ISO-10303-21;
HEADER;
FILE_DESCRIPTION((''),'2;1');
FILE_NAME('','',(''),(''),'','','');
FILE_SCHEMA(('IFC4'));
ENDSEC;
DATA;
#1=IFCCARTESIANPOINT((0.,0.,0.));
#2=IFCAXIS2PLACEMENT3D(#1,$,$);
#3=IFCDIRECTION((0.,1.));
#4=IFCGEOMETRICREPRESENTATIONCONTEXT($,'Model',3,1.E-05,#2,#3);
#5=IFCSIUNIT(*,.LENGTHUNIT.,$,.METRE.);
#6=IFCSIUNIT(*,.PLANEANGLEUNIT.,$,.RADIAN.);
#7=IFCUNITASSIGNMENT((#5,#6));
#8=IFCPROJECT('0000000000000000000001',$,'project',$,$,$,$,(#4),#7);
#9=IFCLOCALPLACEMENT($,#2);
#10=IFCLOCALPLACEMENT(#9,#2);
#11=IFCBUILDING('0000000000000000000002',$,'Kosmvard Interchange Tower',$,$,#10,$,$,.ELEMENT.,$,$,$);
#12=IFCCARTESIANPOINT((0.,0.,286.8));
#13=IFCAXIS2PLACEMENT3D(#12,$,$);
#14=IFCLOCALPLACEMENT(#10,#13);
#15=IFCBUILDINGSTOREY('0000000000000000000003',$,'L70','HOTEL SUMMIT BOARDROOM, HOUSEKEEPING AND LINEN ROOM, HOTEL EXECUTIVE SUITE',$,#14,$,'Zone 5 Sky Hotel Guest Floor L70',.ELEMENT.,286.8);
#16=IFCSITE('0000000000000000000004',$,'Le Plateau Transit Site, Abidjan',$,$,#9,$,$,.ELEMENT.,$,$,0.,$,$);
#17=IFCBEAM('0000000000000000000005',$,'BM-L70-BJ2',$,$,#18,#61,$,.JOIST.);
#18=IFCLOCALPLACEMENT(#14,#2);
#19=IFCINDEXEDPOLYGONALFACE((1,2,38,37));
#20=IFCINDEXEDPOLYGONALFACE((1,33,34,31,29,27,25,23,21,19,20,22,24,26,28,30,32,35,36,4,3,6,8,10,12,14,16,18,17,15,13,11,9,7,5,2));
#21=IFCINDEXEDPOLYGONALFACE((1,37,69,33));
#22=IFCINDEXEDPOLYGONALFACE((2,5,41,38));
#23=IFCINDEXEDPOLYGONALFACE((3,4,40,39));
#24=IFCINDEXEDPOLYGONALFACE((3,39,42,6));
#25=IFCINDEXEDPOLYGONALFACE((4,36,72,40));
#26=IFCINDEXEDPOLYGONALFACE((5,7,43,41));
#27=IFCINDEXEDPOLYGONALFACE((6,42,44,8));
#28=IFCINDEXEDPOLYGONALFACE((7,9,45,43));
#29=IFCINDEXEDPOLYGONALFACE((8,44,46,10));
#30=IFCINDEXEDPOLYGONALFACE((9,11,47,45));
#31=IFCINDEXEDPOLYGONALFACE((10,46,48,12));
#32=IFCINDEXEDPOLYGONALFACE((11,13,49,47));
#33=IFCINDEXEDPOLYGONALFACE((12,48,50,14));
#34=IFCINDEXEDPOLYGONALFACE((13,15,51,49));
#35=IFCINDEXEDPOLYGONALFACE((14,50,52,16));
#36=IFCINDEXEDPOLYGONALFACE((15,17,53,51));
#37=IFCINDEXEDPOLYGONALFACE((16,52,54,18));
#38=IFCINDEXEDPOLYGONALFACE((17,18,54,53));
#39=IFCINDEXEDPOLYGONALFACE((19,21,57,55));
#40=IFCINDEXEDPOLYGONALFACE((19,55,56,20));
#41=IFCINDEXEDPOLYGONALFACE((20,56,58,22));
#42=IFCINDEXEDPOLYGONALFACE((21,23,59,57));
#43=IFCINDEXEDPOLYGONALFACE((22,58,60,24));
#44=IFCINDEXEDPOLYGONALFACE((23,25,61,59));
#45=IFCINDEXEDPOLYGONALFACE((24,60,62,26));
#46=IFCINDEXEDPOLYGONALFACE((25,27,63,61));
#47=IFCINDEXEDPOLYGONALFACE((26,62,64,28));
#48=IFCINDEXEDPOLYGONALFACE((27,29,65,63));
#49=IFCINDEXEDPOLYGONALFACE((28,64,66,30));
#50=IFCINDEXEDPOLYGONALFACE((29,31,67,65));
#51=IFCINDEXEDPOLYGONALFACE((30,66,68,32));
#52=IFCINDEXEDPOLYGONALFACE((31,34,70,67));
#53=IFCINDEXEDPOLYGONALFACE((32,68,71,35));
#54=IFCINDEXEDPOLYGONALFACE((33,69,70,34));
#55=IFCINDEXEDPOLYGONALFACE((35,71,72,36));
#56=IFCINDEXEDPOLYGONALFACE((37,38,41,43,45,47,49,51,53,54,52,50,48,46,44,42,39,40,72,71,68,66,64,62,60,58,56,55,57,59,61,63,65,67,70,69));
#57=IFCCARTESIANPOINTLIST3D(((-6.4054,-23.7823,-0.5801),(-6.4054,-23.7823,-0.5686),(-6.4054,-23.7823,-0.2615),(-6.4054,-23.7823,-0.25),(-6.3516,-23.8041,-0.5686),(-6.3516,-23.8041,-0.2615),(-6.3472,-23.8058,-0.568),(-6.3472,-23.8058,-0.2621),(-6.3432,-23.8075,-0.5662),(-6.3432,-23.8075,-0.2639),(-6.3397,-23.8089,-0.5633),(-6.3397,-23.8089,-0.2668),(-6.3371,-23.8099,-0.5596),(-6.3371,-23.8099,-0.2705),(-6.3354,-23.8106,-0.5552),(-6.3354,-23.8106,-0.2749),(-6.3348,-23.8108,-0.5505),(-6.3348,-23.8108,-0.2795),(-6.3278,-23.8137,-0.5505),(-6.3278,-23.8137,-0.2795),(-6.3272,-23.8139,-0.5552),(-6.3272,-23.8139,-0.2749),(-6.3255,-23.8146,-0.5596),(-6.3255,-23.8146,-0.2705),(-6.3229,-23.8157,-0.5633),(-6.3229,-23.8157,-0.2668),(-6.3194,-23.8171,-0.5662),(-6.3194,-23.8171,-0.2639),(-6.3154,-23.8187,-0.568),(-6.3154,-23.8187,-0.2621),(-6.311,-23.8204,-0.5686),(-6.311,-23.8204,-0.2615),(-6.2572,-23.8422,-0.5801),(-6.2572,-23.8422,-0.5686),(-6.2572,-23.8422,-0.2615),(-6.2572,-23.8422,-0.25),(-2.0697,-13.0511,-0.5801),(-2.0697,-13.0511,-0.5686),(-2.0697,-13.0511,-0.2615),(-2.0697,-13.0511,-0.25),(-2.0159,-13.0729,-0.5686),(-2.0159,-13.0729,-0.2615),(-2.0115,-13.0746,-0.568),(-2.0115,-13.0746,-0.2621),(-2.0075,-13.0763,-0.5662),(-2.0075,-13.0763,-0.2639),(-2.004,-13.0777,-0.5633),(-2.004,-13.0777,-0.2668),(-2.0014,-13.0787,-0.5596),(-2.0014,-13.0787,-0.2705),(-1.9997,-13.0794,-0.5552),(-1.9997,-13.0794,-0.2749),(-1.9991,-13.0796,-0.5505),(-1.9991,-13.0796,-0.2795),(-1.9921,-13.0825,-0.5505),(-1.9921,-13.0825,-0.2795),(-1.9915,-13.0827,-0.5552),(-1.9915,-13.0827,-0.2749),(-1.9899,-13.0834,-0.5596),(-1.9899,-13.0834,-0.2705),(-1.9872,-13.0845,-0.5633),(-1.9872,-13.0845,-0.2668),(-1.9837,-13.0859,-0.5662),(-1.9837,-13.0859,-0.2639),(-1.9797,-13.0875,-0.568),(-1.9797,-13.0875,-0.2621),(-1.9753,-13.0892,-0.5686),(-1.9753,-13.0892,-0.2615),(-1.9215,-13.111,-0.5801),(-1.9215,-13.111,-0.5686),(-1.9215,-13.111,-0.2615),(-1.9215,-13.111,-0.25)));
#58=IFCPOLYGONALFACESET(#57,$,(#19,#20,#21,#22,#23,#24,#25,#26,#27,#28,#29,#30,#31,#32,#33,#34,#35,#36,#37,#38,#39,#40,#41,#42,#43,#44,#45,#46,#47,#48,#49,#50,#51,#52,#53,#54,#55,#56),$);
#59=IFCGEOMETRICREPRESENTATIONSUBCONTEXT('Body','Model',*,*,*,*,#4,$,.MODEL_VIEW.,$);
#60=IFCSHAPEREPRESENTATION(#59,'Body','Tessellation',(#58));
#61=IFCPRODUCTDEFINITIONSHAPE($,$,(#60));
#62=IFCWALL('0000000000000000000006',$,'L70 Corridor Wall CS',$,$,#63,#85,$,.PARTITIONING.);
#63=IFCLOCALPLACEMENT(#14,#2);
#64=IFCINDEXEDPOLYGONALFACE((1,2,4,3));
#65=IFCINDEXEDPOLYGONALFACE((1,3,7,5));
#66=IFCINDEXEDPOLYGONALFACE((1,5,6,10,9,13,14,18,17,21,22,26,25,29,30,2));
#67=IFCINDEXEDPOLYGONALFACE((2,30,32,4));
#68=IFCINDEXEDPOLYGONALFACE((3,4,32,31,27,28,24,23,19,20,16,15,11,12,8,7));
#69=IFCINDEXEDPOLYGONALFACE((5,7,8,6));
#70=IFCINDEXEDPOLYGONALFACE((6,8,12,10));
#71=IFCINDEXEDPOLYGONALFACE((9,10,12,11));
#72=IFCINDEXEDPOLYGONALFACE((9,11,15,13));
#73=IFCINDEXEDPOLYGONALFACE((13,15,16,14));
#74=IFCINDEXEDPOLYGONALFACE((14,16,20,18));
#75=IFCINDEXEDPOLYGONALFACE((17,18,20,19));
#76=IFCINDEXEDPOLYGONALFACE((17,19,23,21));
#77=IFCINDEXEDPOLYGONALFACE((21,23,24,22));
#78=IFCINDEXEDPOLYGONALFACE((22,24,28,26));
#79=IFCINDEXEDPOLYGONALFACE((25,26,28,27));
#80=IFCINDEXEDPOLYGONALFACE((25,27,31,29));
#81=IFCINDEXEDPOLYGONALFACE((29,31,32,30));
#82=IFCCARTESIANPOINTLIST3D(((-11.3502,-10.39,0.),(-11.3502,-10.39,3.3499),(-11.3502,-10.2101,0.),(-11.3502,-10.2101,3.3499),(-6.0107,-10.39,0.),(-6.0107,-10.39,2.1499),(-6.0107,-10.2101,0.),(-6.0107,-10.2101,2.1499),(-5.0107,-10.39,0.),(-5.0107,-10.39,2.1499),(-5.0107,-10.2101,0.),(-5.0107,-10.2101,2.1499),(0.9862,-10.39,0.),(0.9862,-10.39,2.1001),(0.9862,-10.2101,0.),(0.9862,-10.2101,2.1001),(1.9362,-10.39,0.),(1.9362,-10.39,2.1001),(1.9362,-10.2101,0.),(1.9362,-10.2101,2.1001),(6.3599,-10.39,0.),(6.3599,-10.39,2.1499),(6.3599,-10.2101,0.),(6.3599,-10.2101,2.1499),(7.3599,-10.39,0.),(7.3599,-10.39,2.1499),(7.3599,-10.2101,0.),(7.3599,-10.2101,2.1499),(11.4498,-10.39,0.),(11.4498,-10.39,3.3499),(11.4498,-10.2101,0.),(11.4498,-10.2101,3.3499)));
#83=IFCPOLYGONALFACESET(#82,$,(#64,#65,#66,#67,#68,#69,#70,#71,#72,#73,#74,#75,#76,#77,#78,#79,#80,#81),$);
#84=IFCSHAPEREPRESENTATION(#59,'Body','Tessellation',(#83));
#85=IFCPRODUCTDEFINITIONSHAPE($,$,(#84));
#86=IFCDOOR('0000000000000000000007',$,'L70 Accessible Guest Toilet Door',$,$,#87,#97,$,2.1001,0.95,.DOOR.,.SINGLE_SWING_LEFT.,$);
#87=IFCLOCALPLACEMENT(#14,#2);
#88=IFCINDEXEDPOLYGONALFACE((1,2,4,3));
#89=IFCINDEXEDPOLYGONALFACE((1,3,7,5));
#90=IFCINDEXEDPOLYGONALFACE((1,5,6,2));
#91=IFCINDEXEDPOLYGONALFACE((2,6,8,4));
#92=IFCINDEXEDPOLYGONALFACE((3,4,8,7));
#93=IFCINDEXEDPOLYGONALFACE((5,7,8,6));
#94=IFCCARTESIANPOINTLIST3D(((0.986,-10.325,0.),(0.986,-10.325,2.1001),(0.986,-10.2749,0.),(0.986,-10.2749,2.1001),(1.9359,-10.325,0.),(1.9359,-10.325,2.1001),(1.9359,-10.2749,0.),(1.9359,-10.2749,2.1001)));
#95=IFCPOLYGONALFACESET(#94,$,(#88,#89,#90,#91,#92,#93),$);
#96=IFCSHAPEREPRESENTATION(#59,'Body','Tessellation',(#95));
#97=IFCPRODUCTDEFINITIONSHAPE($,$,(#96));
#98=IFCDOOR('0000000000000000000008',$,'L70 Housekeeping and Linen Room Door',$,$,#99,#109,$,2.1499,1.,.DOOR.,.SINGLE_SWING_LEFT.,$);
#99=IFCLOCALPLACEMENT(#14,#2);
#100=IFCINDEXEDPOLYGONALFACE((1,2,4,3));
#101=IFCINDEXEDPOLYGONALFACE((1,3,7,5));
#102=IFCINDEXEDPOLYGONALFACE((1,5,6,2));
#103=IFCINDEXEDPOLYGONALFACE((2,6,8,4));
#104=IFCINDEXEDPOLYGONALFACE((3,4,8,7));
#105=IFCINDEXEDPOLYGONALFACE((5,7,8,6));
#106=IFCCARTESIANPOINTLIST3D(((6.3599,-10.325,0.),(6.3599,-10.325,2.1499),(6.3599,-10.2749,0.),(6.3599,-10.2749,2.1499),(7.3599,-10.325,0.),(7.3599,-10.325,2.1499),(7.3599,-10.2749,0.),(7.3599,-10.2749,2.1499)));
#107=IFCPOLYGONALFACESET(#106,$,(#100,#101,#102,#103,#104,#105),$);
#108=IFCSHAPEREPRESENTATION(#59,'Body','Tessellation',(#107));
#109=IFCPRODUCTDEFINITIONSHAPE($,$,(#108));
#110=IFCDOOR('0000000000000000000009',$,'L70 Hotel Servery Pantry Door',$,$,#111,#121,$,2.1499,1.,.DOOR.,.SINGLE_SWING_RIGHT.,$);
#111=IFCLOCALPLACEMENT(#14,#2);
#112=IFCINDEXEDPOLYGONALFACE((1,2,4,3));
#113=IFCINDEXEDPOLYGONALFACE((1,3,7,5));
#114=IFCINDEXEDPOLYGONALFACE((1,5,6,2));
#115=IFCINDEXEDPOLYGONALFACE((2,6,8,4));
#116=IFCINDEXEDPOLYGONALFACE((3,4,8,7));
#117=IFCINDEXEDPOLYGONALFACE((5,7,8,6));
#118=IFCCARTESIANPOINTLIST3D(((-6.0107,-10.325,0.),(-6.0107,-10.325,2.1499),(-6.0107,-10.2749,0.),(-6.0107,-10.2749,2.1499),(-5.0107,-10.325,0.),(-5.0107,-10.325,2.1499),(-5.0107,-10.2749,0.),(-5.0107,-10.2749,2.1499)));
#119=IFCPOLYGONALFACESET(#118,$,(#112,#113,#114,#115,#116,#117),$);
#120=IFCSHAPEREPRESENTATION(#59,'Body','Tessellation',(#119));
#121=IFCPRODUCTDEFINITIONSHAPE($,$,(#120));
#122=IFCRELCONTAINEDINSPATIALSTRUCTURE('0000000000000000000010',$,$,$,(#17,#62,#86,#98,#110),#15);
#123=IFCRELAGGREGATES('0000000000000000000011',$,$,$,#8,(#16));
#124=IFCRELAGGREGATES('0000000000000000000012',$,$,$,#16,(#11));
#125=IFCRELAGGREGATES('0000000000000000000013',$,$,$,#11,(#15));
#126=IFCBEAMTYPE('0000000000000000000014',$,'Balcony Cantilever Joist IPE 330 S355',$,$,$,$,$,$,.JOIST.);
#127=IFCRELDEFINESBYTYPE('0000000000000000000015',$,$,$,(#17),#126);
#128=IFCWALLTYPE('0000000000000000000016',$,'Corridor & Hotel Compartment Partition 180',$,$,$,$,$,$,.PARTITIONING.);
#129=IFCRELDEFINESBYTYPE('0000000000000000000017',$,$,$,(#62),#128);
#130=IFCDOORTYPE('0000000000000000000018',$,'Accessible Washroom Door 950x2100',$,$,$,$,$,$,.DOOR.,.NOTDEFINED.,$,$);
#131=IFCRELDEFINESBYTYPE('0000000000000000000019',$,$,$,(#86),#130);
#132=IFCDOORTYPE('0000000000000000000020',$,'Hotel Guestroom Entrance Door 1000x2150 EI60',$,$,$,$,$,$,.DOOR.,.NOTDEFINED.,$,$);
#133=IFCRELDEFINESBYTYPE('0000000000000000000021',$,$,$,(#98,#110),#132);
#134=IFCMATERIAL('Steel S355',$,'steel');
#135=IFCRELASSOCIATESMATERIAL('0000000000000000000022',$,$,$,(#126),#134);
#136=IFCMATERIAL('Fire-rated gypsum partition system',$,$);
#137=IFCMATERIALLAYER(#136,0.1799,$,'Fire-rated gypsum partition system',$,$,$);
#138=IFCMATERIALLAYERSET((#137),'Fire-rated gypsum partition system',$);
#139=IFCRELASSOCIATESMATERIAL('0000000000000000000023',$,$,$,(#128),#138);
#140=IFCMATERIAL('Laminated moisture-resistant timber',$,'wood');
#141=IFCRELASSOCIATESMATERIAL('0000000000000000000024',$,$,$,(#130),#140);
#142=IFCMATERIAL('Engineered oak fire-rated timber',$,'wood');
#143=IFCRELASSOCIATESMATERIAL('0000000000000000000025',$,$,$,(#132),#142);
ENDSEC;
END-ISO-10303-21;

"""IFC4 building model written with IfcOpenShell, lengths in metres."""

from ifc_helpers import new_model, si_unit, direction, frame, frame_2d, origin, origin_2d, place, context, subcontext, project, spatial, rectangle, i_section, extrude, source, transform, mapped, material, layer, layer_set, material_profile, profile_set, type_object, element, fill, save


model = new_model("IFC4")

# Units and contexts
model_context = context("Model", 3, precision=1e-05, world=origin(), true_north=direction((0.0, 1.0)))
body_context = subcontext(model_context, "Body", "Model", "MODEL_VIEW")
ifc_project = project(units=[si_unit("LENGTHUNIT", "METRE"), si_unit("PLANEANGLEUNIT", "RADIAN")], contexts=[model_context])

# Site, building, storey
site_placement = place(None, origin())
site = spatial("IfcSite", under=ifc_project, at=site_placement, Name="Le Plateau Transit Site, Abidjan", CompositionType="ELEMENT", RefElevation=0.0)
building_placement = place(site_placement, origin())
building = spatial("IfcBuilding", under=site, at=building_placement, Name="Kosmvard Interchange Tower", CompositionType="ELEMENT")
storey_placement = place(building_placement, frame((0.0, 0.0, 286.8)))
storey = spatial("IfcBuildingStorey", under=building, at=storey_placement, Name="L70", Description="HOTEL SUMMIT BOARDROOM, HOUSEKEEPING AND LINEN ROOM, HOTEL EXECUTIVE SUITE", LongName="Zone 5 Sky Hotel Guest Floor L70", CompositionType="ELEMENT", Elevation=286.8)

# Beam
ifc_material_1 = material(Name="Steel S355", Category="steel")
ifc_material_profile_1 = material_profile(ifc_material_1, i_section(OverallWidth=0.1599, OverallDepth=0.3301, WebThickness=0.0076, FlangeThickness=0.0115, FilletRadius=0.0181, at=origin_2d()), Name="IPE 330")
ifc_profile_set_1 = profile_set([ifc_material_profile_1], Name="Steel S355")
beam_type_1 = type_object("IfcBeamType", Name="Balcony Cantilever Joist IPE 330 S355", PredefinedType="JOIST", material=ifc_profile_set_1)
shared_shape_1 = source(origin(), body_context, "Body", "SweptSolid", [
    extrude(i_section(OverallWidth=0.1599, OverallDepth=0.3301, WebThickness=0.0076, FlangeThickness=0.0115, FilletRadius=0.0181, at=origin_2d()), origin(), (0.0, 0.0, 1.0), 11.574),
])
beam_1_placement = place(storey_placement, frame((-1.9956, -13.0811, -0.415), z_axis=(-0.374607, -0.927184, 0.0), x_axis=(0.927184, -0.374607, 0.0)))
element("IfcBeam", 1, at=beam_1_placement, inside=storey, type_object=beam_type_1, Name="BM-L70-BJ2", PredefinedType="JOIST", context=body_context, shape_type="MappedRepresentation", body=[
    mapped(shared_shape_1, transform((0.0, 0.0, 0.0), scale=1.0)),
])

# Wall, openings, doors
ifc_material_2 = material(Name="Fire-rated gypsum partition system")
ifc_layer = layer(ifc_material_2, 0.1799, Name="Fire-rated gypsum partition system")
ifc_layer_set = layer_set([ifc_layer], Name="Fire-rated gypsum partition system")
wall_type = type_object("IfcWallType", Name="Corridor & Hotel Compartment Partition 180", PredefinedType="PARTITIONING", material=ifc_layer_set)
wall_1_placement = place(storey_placement, frame((-11.3501, -10.3, 0.0), z_axis=(0.0, 0.0, 1.0), x_axis=(1.0, 0.0, 0.0)))
wall_1 = element("IfcWall", 2, at=wall_1_placement, inside=storey, type_object=wall_type, Name="L70 Corridor Wall CS", PredefinedType="PARTITIONING", context=body_context, shape_type="SweptSolid", body=[
    extrude(rectangle(XDim=22.8, YDim=0.1799, at=frame_2d((11.3999, 0.0))), origin(), (0.0, 0.0, 1.0), 3.3499),
])
opening_1_placement = place(wall_1_placement, frame((12.3362, 0.0, 0.0)))
opening_1 = element("IfcOpeningElement", 3, at=opening_1_placement, cuts=wall_1, PredefinedType="OPENING", context=body_context, shape_type="SweptSolid", body=[
    extrude(rectangle(XDim=0.95, YDim=2.1001, at=frame_2d((0.4751, 1.05))), frame((0.0, 0.1001, 0.0), z_axis=(0.0, -1.0, 0.0), x_axis=(1.0, 0.0, 0.0)), (0.0, 0.0, 1.0), 0.2),
])
opening_2_placement = place(wall_1_placement, frame((17.71, 0.0, 0.0)))
opening_2 = element("IfcOpeningElement", 4, at=opening_2_placement, cuts=wall_1, PredefinedType="OPENING", context=body_context, shape_type="SweptSolid", body=[
    extrude(rectangle(XDim=1.0, YDim=2.1499, at=frame_2d((0.5, 1.075))), frame((0.0, 0.1001, 0.0), z_axis=(0.0, -1.0, 0.0), x_axis=(1.0, 0.0, 0.0)), (0.0, 0.0, 1.0), 0.2),
])
opening_3_placement = place(wall_1_placement, frame((5.3394, 0.0, 0.0)))
opening_3 = element("IfcOpeningElement", 5, at=opening_3_placement, cuts=wall_1, PredefinedType="OPENING", context=body_context, shape_type="SweptSolid", body=[
    extrude(rectangle(XDim=1.0, YDim=2.1499, at=frame_2d((0.5, 1.075))), frame((0.0, 0.1001, 0.0), z_axis=(0.0, -1.0, 0.0), x_axis=(1.0, 0.0, 0.0)), (0.0, 0.0, 1.0), 0.2),
])
ifc_material_3 = material(Name="Laminated moisture-resistant timber", Category="wood")
door_type_1 = type_object("IfcDoorType", Name="Accessible Washroom Door 950x2100", OperationType="NOTDEFINED", PredefinedType="DOOR", material=ifc_material_3)
shared_shape_2 = source(origin(), body_context, "Body", "SweptSolid", [
    extrude(rectangle(XDim=0.95, YDim=2.1001, at=frame_2d((0.4751, 1.05))), frame((0.0, 0.0249, 0.0), z_axis=(0.0, -1.0, 0.0), x_axis=(1.0, 0.0, 0.0)), (0.0, 0.0, 1.0), 0.05),
])
door_1_placement = place(opening_1_placement, frame((0.95, 0.0, 0.0), z_axis=(0.0, 0.0, 1.0), x_axis=(-1.0, 0.0, 0.0)))
door_1 = element("IfcDoor", 6, at=door_1_placement, inside=storey, type_object=door_type_1, Name="L70 Accessible Guest Toilet Door", OperationType="SINGLE_SWING_LEFT", OverallHeight=2.1001, OverallWidth=0.95, PredefinedType="DOOR", context=body_context, shape_type="MappedRepresentation", body=[
    mapped(shared_shape_2, transform((0.0, 0.0, 0.0), scale=1.0)),
])
fill(opening_1, door_1)
ifc_material_4 = material(Name="Engineered oak fire-rated timber", Category="wood")
door_type_2 = type_object("IfcDoorType", Name="Hotel Guestroom Entrance Door 1000x2150 EI60", OperationType="NOTDEFINED", PredefinedType="DOOR", material=ifc_material_4)
shared_shape_3 = source(origin(), body_context, "Body", "SweptSolid", [
    extrude(rectangle(XDim=1.0, YDim=2.1499, at=frame_2d((0.5, 1.075))), frame((0.0, 0.0249, 0.0), z_axis=(0.0, -1.0, 0.0), x_axis=(1.0, 0.0, 0.0)), (0.0, 0.0, 1.0), 0.05),
])
door_2_placement = place(opening_2_placement, frame((1.0, 0.0, 0.0), z_axis=(0.0, 0.0, 1.0), x_axis=(-1.0, 0.0, 0.0)))
door_2 = element("IfcDoor", 7, at=door_2_placement, inside=storey, type_object=door_type_2, Name="L70 Housekeeping and Linen Room Door", OperationType="SINGLE_SWING_LEFT", OverallHeight=2.1499, OverallWidth=1.0, PredefinedType="DOOR", context=body_context, shape_type="MappedRepresentation", body=[
    mapped(shared_shape_3, transform((0.0, 0.0, 0.0), scale=1.0)),
])
fill(opening_2, door_2)
door_3_placement = place(opening_3_placement, frame((1.0, 0.0, 0.0), z_axis=(0.0, 0.0, 1.0), x_axis=(-1.0, 0.0, 0.0)))
door_3 = element("IfcDoor", 8, at=door_3_placement, inside=storey, type_object=door_type_2, Name="L70 Hotel Servery Pantry Door", OperationType="SINGLE_SWING_RIGHT", OverallHeight=2.1499, OverallWidth=1.0, PredefinedType="DOOR", context=body_context, shape_type="MappedRepresentation", body=[
    mapped(shared_shape_3, transform((0.0, 0.0, 0.0), scale=1.0)),
])
fill(opening_3, door_3)

save(model, "model.ifc")
